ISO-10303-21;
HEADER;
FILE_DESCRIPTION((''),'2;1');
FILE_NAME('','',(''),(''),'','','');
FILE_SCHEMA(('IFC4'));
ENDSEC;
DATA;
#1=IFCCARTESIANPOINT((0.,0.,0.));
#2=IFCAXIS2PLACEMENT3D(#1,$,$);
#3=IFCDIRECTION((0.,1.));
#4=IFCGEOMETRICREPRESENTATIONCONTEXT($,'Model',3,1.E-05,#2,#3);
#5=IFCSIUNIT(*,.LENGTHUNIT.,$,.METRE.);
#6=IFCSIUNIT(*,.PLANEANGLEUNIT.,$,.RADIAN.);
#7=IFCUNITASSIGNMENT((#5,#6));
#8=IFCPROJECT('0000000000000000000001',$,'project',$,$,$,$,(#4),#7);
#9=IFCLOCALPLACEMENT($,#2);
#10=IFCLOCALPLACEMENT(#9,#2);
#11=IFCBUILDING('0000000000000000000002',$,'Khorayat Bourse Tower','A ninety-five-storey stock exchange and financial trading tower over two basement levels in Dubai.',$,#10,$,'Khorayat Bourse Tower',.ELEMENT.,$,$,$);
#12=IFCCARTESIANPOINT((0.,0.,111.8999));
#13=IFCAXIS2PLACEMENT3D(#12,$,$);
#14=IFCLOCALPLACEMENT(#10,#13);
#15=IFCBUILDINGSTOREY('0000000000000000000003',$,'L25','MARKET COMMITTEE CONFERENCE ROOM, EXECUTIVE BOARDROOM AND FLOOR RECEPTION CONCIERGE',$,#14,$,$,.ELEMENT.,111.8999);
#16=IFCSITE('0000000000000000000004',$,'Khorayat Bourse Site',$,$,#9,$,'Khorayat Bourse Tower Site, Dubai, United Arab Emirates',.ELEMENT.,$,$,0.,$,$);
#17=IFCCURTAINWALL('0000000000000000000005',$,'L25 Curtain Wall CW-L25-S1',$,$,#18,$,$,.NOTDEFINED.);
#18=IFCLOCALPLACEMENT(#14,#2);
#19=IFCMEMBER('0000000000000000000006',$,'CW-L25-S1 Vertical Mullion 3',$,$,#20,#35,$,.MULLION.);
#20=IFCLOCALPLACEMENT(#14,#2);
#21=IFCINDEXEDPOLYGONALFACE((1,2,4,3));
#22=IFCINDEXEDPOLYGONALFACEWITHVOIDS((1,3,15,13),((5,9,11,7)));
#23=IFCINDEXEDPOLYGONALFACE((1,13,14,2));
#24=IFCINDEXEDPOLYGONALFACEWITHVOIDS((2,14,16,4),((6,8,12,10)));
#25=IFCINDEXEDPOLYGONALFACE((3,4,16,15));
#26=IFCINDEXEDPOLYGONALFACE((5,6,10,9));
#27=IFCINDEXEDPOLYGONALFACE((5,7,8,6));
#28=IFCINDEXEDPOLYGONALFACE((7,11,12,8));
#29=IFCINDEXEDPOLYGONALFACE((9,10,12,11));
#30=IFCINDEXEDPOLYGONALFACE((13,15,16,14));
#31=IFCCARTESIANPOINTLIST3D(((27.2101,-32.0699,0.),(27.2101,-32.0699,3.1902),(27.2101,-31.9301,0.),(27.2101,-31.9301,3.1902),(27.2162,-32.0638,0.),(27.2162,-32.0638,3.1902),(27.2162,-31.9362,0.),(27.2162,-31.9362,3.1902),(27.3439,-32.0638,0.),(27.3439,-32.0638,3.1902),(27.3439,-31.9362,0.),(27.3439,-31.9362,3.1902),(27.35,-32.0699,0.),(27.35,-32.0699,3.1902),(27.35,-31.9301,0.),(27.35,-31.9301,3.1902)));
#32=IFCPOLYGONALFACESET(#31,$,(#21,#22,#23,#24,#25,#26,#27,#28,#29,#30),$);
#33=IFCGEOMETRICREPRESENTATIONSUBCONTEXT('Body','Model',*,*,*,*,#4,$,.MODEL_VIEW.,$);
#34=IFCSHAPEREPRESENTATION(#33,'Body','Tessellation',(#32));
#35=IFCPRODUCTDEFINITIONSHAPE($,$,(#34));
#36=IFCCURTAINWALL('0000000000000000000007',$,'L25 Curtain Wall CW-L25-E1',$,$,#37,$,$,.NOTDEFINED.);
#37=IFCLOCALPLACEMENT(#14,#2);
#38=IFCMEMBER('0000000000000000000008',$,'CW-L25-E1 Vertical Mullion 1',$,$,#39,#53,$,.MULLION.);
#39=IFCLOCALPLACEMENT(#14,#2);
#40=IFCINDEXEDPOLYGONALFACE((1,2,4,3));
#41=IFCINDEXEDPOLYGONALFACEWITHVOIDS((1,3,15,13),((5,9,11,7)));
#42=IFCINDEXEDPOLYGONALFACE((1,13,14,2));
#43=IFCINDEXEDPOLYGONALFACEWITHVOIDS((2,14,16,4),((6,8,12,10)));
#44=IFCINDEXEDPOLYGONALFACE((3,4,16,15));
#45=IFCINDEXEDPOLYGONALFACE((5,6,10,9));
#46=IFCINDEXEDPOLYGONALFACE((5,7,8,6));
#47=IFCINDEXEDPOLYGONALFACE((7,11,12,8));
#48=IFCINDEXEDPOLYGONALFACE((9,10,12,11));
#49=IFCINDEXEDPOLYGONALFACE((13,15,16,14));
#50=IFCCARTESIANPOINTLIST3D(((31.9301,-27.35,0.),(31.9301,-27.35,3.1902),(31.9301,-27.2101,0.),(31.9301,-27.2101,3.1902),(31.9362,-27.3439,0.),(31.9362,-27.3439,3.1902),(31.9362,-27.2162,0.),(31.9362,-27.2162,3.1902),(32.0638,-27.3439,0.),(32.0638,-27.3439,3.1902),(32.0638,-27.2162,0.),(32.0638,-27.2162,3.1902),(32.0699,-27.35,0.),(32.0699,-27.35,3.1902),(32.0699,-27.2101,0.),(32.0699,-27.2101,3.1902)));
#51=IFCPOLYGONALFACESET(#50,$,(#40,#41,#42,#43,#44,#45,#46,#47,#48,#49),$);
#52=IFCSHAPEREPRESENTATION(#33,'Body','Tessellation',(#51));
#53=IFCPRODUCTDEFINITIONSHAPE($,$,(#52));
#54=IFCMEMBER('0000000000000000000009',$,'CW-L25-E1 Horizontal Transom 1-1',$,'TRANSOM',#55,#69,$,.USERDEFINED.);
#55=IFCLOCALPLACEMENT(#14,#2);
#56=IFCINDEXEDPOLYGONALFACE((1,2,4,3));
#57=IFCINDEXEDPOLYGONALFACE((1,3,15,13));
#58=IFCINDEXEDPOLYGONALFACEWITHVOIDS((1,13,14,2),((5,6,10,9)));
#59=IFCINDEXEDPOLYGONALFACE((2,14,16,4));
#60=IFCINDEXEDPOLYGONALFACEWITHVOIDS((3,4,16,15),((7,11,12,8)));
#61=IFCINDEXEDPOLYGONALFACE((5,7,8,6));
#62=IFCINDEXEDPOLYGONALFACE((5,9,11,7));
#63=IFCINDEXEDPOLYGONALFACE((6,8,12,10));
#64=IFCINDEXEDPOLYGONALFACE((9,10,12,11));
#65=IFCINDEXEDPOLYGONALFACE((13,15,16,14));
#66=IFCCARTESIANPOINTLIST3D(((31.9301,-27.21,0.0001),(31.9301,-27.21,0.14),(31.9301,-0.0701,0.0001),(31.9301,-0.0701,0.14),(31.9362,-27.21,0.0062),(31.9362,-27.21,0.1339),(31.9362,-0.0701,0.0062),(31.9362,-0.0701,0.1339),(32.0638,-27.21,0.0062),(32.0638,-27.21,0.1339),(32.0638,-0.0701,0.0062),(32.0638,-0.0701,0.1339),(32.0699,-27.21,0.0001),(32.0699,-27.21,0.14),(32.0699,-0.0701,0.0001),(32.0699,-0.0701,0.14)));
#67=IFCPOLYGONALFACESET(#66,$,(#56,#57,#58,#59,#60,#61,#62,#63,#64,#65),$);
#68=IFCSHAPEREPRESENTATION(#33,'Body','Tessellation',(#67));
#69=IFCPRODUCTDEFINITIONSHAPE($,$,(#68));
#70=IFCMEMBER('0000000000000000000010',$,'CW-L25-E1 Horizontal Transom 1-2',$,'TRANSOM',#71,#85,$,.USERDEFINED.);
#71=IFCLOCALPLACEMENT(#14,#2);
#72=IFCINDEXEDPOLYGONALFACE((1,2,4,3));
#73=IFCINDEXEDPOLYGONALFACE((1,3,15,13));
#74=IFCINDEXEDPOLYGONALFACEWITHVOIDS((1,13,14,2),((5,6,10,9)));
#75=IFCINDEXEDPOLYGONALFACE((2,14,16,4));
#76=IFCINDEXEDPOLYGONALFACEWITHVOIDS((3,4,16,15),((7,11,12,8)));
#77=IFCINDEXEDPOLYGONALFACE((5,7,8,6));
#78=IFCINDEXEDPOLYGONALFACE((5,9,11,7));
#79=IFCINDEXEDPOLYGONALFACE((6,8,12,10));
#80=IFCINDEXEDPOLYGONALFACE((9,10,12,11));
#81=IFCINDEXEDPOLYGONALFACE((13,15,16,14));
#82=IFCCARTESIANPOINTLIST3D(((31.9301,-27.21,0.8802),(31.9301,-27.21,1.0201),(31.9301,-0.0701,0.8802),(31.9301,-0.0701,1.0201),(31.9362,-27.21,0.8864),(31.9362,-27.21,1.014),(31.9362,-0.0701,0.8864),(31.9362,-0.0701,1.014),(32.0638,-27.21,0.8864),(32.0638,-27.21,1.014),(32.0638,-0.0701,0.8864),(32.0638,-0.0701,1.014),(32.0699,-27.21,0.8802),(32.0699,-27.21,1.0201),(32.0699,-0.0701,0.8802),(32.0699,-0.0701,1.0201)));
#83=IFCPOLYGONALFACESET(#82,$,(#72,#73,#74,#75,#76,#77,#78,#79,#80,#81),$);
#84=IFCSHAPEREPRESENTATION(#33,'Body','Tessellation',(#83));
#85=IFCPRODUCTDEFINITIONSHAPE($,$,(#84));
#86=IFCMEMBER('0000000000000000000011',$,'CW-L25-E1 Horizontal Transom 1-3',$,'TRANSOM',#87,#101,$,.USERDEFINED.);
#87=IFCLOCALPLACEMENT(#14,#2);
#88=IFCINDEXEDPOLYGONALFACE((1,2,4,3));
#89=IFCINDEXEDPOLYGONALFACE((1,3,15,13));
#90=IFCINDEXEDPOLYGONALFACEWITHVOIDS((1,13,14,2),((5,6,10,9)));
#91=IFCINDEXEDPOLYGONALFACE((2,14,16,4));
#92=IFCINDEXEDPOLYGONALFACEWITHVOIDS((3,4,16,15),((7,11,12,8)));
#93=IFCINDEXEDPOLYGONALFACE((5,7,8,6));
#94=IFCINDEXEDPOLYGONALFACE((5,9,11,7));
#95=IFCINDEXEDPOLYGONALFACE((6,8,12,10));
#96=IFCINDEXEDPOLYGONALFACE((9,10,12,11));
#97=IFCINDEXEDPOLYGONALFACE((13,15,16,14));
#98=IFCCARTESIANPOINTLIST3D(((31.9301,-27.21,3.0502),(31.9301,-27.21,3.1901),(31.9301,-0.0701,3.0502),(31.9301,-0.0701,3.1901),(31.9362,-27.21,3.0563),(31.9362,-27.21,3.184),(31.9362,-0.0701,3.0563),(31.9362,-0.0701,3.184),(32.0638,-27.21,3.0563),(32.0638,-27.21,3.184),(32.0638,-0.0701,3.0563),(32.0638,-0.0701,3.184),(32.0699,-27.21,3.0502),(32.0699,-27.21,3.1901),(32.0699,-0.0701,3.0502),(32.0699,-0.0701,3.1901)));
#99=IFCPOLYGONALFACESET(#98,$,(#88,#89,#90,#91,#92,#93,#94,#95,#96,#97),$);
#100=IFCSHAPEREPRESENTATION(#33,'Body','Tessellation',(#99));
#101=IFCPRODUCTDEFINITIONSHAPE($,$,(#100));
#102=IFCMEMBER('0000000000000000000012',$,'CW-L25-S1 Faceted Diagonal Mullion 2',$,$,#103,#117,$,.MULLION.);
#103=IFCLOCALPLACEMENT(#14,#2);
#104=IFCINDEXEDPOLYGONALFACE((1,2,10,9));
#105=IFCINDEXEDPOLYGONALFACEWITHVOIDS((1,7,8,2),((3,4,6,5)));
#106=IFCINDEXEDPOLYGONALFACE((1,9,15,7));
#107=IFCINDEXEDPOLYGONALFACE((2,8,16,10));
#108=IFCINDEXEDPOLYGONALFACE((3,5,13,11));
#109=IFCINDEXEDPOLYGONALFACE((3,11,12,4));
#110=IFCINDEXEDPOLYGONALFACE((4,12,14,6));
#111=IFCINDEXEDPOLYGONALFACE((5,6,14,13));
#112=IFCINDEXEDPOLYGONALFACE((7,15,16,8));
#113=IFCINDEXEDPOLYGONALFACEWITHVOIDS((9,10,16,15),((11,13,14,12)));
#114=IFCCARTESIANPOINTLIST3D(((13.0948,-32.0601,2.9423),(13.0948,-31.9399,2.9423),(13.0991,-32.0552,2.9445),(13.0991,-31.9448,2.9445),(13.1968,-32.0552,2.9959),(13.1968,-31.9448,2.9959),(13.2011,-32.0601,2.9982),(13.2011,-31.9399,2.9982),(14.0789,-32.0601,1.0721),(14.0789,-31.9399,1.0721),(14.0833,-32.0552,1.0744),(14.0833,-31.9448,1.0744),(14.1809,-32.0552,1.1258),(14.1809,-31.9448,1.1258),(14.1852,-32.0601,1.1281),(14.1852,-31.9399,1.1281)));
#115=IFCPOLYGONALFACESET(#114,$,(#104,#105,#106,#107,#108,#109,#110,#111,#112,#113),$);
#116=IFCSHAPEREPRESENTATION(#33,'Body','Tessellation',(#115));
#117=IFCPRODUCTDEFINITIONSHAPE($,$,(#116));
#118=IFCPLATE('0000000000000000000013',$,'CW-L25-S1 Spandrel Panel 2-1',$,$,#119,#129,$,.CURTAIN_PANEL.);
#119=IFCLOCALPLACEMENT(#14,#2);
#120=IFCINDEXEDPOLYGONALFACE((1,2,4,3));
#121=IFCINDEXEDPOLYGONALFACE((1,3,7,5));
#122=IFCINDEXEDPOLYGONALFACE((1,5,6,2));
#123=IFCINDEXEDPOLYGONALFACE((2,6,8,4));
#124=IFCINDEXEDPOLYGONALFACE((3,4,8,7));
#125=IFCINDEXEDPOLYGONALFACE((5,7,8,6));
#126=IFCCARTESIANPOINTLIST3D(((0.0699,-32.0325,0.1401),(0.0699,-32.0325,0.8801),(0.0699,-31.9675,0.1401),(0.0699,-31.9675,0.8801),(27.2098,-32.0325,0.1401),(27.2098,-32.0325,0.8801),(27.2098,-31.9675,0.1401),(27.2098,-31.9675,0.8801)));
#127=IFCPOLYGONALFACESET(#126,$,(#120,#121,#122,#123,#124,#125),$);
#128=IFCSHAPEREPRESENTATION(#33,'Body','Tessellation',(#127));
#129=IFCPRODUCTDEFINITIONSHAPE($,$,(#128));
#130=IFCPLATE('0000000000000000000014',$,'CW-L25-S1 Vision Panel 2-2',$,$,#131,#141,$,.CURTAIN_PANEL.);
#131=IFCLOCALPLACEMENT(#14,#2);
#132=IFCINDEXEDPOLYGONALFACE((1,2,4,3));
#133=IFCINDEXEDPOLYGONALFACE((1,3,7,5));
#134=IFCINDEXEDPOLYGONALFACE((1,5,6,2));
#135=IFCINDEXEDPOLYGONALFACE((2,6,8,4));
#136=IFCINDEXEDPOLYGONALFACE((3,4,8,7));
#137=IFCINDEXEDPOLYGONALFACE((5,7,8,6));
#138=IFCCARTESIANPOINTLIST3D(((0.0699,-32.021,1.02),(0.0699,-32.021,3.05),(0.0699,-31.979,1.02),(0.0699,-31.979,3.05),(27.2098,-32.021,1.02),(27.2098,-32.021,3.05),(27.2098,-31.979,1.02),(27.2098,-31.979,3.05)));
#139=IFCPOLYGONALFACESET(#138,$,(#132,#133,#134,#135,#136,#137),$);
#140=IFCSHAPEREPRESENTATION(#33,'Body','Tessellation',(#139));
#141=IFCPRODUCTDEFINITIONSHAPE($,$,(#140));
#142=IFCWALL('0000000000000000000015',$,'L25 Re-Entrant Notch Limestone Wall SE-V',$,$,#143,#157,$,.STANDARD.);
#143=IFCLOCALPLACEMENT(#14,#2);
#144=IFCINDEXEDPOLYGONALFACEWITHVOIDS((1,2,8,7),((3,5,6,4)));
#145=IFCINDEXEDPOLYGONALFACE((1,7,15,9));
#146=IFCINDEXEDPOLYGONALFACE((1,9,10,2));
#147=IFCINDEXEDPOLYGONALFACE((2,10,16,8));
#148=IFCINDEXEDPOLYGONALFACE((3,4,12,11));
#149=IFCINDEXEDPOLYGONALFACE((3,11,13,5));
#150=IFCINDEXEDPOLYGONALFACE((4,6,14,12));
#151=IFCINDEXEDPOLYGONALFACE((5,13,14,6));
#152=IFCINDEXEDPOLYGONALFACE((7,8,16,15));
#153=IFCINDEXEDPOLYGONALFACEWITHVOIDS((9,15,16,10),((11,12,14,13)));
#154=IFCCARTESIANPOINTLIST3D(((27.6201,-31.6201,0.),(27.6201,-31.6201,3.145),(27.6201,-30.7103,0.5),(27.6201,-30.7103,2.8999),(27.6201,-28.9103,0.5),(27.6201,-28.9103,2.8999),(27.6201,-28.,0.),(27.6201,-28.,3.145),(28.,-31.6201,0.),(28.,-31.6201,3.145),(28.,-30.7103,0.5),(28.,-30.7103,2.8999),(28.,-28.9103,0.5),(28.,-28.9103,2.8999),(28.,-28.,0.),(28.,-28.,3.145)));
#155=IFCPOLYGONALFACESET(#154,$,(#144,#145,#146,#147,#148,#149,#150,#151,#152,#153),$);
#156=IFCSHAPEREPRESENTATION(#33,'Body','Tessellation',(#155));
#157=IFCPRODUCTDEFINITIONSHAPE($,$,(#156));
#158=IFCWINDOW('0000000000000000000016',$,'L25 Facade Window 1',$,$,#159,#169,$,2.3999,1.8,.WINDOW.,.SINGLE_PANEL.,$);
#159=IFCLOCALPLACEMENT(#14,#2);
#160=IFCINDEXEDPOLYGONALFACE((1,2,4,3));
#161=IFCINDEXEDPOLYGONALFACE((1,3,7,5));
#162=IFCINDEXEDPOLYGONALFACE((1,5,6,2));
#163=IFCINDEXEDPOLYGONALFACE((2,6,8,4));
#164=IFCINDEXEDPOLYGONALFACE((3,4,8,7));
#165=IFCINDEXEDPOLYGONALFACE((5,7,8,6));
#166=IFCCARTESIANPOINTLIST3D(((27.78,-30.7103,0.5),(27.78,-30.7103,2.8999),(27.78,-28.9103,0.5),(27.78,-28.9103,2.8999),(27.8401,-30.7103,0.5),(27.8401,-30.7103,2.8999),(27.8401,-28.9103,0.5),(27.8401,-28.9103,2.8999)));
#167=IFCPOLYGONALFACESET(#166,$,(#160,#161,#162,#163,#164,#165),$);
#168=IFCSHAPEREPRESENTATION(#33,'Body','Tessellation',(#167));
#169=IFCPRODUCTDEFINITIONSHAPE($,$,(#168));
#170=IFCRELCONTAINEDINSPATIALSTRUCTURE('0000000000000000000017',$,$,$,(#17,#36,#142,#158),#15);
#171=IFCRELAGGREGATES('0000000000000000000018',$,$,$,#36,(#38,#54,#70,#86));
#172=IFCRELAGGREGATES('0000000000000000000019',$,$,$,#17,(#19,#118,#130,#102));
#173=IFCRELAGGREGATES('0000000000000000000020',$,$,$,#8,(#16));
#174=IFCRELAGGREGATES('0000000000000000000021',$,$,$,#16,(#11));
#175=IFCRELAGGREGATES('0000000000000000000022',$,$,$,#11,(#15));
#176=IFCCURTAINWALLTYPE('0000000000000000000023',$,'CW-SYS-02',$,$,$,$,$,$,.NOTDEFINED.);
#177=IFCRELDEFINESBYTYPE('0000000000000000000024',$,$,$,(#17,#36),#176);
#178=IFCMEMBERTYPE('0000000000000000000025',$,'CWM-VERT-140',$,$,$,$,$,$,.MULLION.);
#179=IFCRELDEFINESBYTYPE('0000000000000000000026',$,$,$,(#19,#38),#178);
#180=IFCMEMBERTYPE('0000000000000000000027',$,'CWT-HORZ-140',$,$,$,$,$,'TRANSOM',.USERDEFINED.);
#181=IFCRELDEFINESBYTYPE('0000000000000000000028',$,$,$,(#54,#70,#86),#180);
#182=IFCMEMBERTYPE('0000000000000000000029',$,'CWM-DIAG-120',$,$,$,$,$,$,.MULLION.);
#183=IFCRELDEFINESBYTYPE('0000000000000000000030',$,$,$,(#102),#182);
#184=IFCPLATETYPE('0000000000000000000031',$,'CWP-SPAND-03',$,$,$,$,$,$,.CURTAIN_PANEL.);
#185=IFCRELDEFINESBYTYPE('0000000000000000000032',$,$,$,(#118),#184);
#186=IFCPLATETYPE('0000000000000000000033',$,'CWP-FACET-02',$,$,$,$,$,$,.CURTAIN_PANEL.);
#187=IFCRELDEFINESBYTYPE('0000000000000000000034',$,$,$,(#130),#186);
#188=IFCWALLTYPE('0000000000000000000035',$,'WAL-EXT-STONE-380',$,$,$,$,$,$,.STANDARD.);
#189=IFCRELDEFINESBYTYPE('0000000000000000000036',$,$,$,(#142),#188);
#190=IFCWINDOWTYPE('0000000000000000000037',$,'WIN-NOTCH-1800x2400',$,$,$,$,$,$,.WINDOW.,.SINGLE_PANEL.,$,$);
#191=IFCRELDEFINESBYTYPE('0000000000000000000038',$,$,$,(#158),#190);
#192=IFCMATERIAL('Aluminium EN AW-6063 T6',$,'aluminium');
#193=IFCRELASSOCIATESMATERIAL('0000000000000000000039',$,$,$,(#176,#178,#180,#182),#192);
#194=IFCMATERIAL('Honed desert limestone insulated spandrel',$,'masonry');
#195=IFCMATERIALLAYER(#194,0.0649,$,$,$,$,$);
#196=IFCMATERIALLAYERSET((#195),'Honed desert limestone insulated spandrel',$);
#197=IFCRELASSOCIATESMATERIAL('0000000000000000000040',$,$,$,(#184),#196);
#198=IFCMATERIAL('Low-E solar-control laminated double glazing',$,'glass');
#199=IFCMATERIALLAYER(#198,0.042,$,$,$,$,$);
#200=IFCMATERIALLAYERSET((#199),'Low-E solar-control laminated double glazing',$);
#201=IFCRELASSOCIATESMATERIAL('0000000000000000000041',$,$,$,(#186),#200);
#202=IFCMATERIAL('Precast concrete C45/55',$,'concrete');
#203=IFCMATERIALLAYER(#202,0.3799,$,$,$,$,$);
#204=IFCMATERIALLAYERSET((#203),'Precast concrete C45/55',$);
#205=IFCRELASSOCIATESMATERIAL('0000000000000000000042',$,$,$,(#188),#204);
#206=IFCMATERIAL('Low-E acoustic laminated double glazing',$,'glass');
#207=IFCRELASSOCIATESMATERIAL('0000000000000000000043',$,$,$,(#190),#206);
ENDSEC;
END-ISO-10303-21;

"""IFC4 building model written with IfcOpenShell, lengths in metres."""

from ifc_helpers import new_model, si_unit, direction, frame, frame_2d, origin, origin_2d, place, context, subcontext, project, spatial, rectangle, hollow_rectangle, extrude, source, transform, mapped, material, layer, layer_set, material_profile, profile_set, type_object, element, fill, aggregate, save


model = new_model("IFC4")

# Units and contexts
model_context = context("Model", 3, precision=1e-05, world=origin(), true_north=direction((0.0, 1.0)))
body_context = subcontext(model_context, "Body", "Model", "MODEL_VIEW")
ifc_project = project(units=[si_unit("LENGTHUNIT", "METRE"), si_unit("PLANEANGLEUNIT", "RADIAN")], contexts=[model_context])

# Site, building, storey
site_placement = place(None, origin())
site = spatial("IfcSite", under=ifc_project, at=site_placement, Name="Khorayat Bourse Site", LongName="Khorayat Bourse Tower Site, Dubai, United Arab Emirates", CompositionType="ELEMENT", RefElevation=0.0)
building_placement = place(site_placement, origin())
building = spatial("IfcBuilding", under=site, at=building_placement, Name="Khorayat Bourse Tower", Description="A ninety-five-storey stock exchange and financial trading tower over two basement levels in Dubai.", LongName="Khorayat Bourse Tower", CompositionType="ELEMENT")
storey_placement = place(building_placement, frame((0.0, 0.0, 111.8999)))
storey = spatial("IfcBuildingStorey", under=building, at=storey_placement, Name="L25", Description="MARKET COMMITTEE CONFERENCE ROOM, EXECUTIVE BOARDROOM AND FLOOR RECEPTION CONCIERGE", CompositionType="ELEMENT", Elevation=111.8999)

# Curtain wall, member
ifc_material_1 = material(Name="Aluminium EN AW-6063 T6", Category="aluminium")
curtain_wall_type = type_object("IfcCurtainWallType", Name="CW-SYS-02", PredefinedType="NOTDEFINED", material=ifc_material_1)
curtain_wall_1_placement = place(storey_placement, origin())
curtain_wall_1 = element("IfcCurtainWall", 1, at=curtain_wall_1_placement, inside=storey, type_object=curtain_wall_type, Name="L25 Curtain Wall CW-L25-S1", PredefinedType="NOTDEFINED")
ifc_material_profile_1 = material_profile(ifc_material_1, hollow_rectangle(XDim=0.1399, YDim=0.1399, WallThickness=0.0061, at=origin_2d()), Name="ALU 140x140x6")
ifc_profile_set_1 = profile_set([ifc_material_profile_1], Name="Aluminium EN AW-6063 T6")
member_type_1 = type_object("IfcMemberType", Name="CWM-VERT-140", PredefinedType="MULLION", material=ifc_profile_set_1)
shared_shape_1 = source(origin(), body_context, "Body", "SweptSolid", [
    extrude(hollow_rectangle(XDim=0.1399, YDim=0.1399, WallThickness=0.0061, at=origin_2d()), origin(), (0.0, 0.0, 1.0), 3.1902),
])
member_1_placement = place(storey_placement, frame((27.28, -32.0, 0.0), z_axis=(0.0, 0.0, 1.0), x_axis=(0.0, 1.0, 0.0)))
member_1 = element("IfcMember", 2, at=member_1_placement, type_object=member_type_1, Name="CW-L25-S1 Vertical Mullion 3", PredefinedType="MULLION", context=body_context, shape_type="MappedRepresentation", body=[
    mapped(shared_shape_1, transform((0.0, 0.0, 0.0), scale=1.0)),
])

# Curtain wall, members
curtain_wall_2_placement = place(storey_placement, origin())
curtain_wall_2 = element("IfcCurtainWall", 3, at=curtain_wall_2_placement, inside=storey, type_object=curtain_wall_type, Name="L25 Curtain Wall CW-L25-E1", PredefinedType="NOTDEFINED")
member_2_placement = place(storey_placement, frame((32.0, -27.28, 0.0), z_axis=(0.0, 0.0, 1.0), x_axis=(-1.0, 0.0, 0.0)))
member_2 = element("IfcMember", 4, at=member_2_placement, type_object=member_type_1, Name="CW-L25-E1 Vertical Mullion 1", PredefinedType="MULLION", context=body_context, shape_type="MappedRepresentation", body=[
    mapped(shared_shape_1, transform((0.0, 0.0, 0.0), scale=1.0)),
])
ifc_material_profile_2 = material_profile(ifc_material_1, hollow_rectangle(XDim=0.1399, YDim=0.1399, WallThickness=0.0061, at=origin_2d()), Name="ALU 140x140x6")
ifc_profile_set_2 = profile_set([ifc_material_profile_2], Name="Aluminium EN AW-6063 T6")
member_type_2 = type_object("IfcMemberType", Name="CWT-HORZ-140", ElementType="TRANSOM", PredefinedType="USERDEFINED", material=ifc_profile_set_2)
shared_shape_2 = source(origin(), body_context, "Body", "SweptSolid", [
    extrude(hollow_rectangle(XDim=0.1399, YDim=0.1399, WallThickness=0.0061, at=origin_2d()), origin(), (0.0, 0.0, 1.0), 27.1399),
])
member_3_placement = place(storey_placement, frame((32.0, -27.21, 0.0701), z_axis=(0.0, 1.0, 0.0), x_axis=(-1.0, 0.0, 0.0)))
member_3 = element("IfcMember", 5, at=member_3_placement, type_object=member_type_2, Name="CW-L25-E1 Horizontal Transom 1-1", ObjectType="TRANSOM", PredefinedType="USERDEFINED", context=body_context, shape_type="MappedRepresentation", body=[
    mapped(shared_shape_2, transform((0.0, 0.0, 0.0), scale=1.0)),
])
member_4_placement = place(storey_placement, frame((32.0, -27.21, 0.9502), z_axis=(0.0, 1.0, 0.0), x_axis=(-1.0, 0.0, 0.0)))
member_4 = element("IfcMember", 6, at=member_4_placement, type_object=member_type_2, Name="CW-L25-E1 Horizontal Transom 1-2", ObjectType="TRANSOM", PredefinedType="USERDEFINED", context=body_context, shape_type="MappedRepresentation", body=[
    mapped(shared_shape_2, transform((0.0, 0.0, 0.0), scale=1.0)),
])
member_5_placement = place(storey_placement, frame((32.0, -27.21, 3.1201), z_axis=(0.0, 1.0, 0.0), x_axis=(-1.0, 0.0, 0.0)))
member_5 = element("IfcMember", 7, at=member_5_placement, type_object=member_type_2, Name="CW-L25-E1 Horizontal Transom 1-3", ObjectType="TRANSOM", PredefinedType="USERDEFINED", context=body_context, shape_type="MappedRepresentation", body=[
    mapped(shared_shape_2, transform((0.0, 0.0, 0.0), scale=1.0)),
])
aggregate(curtain_wall_2, [member_2, member_3, member_4, member_5])

# Member
ifc_material_profile_3 = material_profile(ifc_material_1, hollow_rectangle(XDim=0.1201, YDim=0.1201, WallThickness=0.0049, at=origin_2d()), Name="ALU 120x120x5")
ifc_profile_set_3 = profile_set([ifc_material_profile_3], Name="Aluminium EN AW-6063 T6")
member_type_3 = type_object("IfcMemberType", Name="CWM-DIAG-120", PredefinedType="MULLION", material=ifc_profile_set_3)
shared_shape_3 = source(origin(), body_context, "Body", "SweptSolid", [
    extrude(hollow_rectangle(XDim=0.1201, YDim=0.1201, WallThickness=0.0049, at=origin_2d()), origin(), (0.0, 0.0, 1.0), 2.1133),
])
member_6_placement = place(storey_placement, frame((14.1321, -32.0, 1.1001), z_axis=(-0.465694, 0.0, 0.884946), x_axis=(0.0, -1.0, 0.0)))
member_6 = element("IfcMember", 8, at=member_6_placement, type_object=member_type_3, Name="CW-L25-S1 Faceted Diagonal Mullion 2", PredefinedType="MULLION", context=body_context, shape_type="MappedRepresentation", body=[
    mapped(shared_shape_3, transform((0.0, 0.0, 0.0), scale=1.0)),
])

# Plates
ifc_material_2 = material(Name="Honed desert limestone insulated spandrel", Category="masonry")
ifc_layer_1 = layer(ifc_material_2, 0.0649)
ifc_layer_set_1 = layer_set([ifc_layer_1], Name="Honed desert limestone insulated spandrel")
plate_type_1 = type_object("IfcPlateType", Name="CWP-SPAND-03", PredefinedType="CURTAIN_PANEL", material=ifc_layer_set_1)
shared_shape_4 = source(origin(), body_context, "Body", "SweptSolid", [
    extrude(rectangle(XDim=27.1399, YDim=0.0649, at=origin_2d()), origin(), (0.0, 0.0, 1.0), 0.74),
])
plate_1_placement = place(storey_placement, frame((13.6399, -32.0, 0.1401), z_axis=(0.0, 0.0, 1.0), x_axis=(1.0, 0.0, 0.0)))
plate_1 = element("IfcPlate", 9, at=plate_1_placement, type_object=plate_type_1, Name="CW-L25-S1 Spandrel Panel 2-1", PredefinedType="CURTAIN_PANEL", context=body_context, shape_type="MappedRepresentation", body=[
    mapped(shared_shape_4, transform((0.0, 0.0, 0.0), scale=1.0)),
])
ifc_material_3 = material(Name="Low-E solar-control laminated double glazing", Category="glass")
ifc_layer_2 = layer(ifc_material_3, 0.042)
ifc_layer_set_2 = layer_set([ifc_layer_2], Name="Low-E solar-control laminated double glazing")
plate_type_2 = type_object("IfcPlateType", Name="CWP-FACET-02", PredefinedType="CURTAIN_PANEL", material=ifc_layer_set_2)
shared_shape_5 = source(origin(), body_context, "Body", "SweptSolid", [
    extrude(rectangle(XDim=27.1399, YDim=0.042, at=origin_2d()), origin(), (0.0, 0.0, 1.0), 2.03),
])
plate_2_placement = place(storey_placement, frame((13.6399, -32.0, 1.02), z_axis=(0.0, 0.0, 1.0), x_axis=(1.0, 0.0, 0.0)))
plate_2 = element("IfcPlate", 10, at=plate_2_placement, type_object=plate_type_2, Name="CW-L25-S1 Vision Panel 2-2", PredefinedType="CURTAIN_PANEL", context=body_context, shape_type="MappedRepresentation", body=[
    mapped(shared_shape_5, transform((0.0, 0.0, 0.0), scale=1.0)),
])
aggregate(curtain_wall_1, [member_1, plate_1, plate_2, member_6])

# Wall, opening, window
ifc_material_4 = material(Name="Precast concrete C45/55", Category="concrete")
ifc_layer_3 = layer(ifc_material_4, 0.3799)
ifc_layer_set_3 = layer_set([ifc_layer_3], Name="Precast concrete C45/55")
wall_type_1 = type_object("IfcWallType", Name="WAL-EXT-STONE-380", PredefinedType="STANDARD", material=ifc_layer_set_3)
shared_shape_6 = source(origin(), body_context, "Body", "SweptSolid", [
    extrude(rectangle(XDim=3.6201, YDim=0.3799, at=frame_2d((1.8101, 0.0))), origin(), (0.0, 0.0, 1.0), 3.145),
])
wall_1_placement = place(storey_placement, frame((27.8101, -31.6201, 0.0), z_axis=(0.0, 0.0, 1.0), x_axis=(0.0, 1.0, 0.0)))
wall_1 = element("IfcWall", 11, at=wall_1_placement, inside=storey, type_object=wall_type_1, Name="L25 Re-Entrant Notch Limestone Wall SE-V", PredefinedType="STANDARD", context=body_context, shape_type="MappedRepresentation", body=[
    mapped(shared_shape_6, transform((0.0, 0.0, 0.0), scale=1.0)),
])
shared_shape_7 = source(origin(), body_context, "Body", "SweptSolid", [
    extrude(rectangle(XDim=1.8, YDim=2.3999, at=frame_2d((0.8999, 1.2))), frame((0.0, 0.2, 0.0), z_axis=(0.0, -1.0, 0.0), x_axis=(1.0, 0.0, 0.0)), (0.0, 0.0, 1.0), 0.3999),
])
opening_1_placement = place(wall_1_placement, frame((0.9099, 0.0, 0.5)))
opening_1 = element("IfcOpeningElement", 12, at=opening_1_placement, cuts=wall_1, PredefinedType="OPENING", context=body_context, shape_type="MappedRepresentation", body=[
    mapped(shared_shape_7, transform((0.0, 0.0, 0.0), scale=1.0)),
])
ifc_material_5 = material(Name="Low-E acoustic laminated double glazing", Category="glass")
window_type = type_object("IfcWindowType", Name="WIN-NOTCH-1800x2400", PartitioningType="SINGLE_PANEL", PredefinedType="WINDOW", material=ifc_material_5)
shared_shape_8 = source(origin(), body_context, "Body", "SweptSolid", [
    extrude(rectangle(XDim=1.8, YDim=2.3999, at=frame_2d((0.8999, 1.2))), frame((0.0, 0.03, 0.0), z_axis=(0.0, -1.0, 0.0), x_axis=(1.0, 0.0, 0.0)), (0.0, 0.0, 1.0), 0.0601),
])
window_1_placement = place(opening_1_placement, origin())
window_1 = element("IfcWindow", 13, at=window_1_placement, inside=storey, type_object=window_type, Name="L25 Facade Window 1", OverallHeight=2.3999, OverallWidth=1.8, PartitioningType="SINGLE_PANEL", PredefinedType="WINDOW", context=body_context, shape_type="MappedRepresentation", body=[
    mapped(shared_shape_8, transform((0.0, 0.0, 0.0), scale=1.0)),
])
fill(opening_1, window_1)

save(model, "model.ifc")
